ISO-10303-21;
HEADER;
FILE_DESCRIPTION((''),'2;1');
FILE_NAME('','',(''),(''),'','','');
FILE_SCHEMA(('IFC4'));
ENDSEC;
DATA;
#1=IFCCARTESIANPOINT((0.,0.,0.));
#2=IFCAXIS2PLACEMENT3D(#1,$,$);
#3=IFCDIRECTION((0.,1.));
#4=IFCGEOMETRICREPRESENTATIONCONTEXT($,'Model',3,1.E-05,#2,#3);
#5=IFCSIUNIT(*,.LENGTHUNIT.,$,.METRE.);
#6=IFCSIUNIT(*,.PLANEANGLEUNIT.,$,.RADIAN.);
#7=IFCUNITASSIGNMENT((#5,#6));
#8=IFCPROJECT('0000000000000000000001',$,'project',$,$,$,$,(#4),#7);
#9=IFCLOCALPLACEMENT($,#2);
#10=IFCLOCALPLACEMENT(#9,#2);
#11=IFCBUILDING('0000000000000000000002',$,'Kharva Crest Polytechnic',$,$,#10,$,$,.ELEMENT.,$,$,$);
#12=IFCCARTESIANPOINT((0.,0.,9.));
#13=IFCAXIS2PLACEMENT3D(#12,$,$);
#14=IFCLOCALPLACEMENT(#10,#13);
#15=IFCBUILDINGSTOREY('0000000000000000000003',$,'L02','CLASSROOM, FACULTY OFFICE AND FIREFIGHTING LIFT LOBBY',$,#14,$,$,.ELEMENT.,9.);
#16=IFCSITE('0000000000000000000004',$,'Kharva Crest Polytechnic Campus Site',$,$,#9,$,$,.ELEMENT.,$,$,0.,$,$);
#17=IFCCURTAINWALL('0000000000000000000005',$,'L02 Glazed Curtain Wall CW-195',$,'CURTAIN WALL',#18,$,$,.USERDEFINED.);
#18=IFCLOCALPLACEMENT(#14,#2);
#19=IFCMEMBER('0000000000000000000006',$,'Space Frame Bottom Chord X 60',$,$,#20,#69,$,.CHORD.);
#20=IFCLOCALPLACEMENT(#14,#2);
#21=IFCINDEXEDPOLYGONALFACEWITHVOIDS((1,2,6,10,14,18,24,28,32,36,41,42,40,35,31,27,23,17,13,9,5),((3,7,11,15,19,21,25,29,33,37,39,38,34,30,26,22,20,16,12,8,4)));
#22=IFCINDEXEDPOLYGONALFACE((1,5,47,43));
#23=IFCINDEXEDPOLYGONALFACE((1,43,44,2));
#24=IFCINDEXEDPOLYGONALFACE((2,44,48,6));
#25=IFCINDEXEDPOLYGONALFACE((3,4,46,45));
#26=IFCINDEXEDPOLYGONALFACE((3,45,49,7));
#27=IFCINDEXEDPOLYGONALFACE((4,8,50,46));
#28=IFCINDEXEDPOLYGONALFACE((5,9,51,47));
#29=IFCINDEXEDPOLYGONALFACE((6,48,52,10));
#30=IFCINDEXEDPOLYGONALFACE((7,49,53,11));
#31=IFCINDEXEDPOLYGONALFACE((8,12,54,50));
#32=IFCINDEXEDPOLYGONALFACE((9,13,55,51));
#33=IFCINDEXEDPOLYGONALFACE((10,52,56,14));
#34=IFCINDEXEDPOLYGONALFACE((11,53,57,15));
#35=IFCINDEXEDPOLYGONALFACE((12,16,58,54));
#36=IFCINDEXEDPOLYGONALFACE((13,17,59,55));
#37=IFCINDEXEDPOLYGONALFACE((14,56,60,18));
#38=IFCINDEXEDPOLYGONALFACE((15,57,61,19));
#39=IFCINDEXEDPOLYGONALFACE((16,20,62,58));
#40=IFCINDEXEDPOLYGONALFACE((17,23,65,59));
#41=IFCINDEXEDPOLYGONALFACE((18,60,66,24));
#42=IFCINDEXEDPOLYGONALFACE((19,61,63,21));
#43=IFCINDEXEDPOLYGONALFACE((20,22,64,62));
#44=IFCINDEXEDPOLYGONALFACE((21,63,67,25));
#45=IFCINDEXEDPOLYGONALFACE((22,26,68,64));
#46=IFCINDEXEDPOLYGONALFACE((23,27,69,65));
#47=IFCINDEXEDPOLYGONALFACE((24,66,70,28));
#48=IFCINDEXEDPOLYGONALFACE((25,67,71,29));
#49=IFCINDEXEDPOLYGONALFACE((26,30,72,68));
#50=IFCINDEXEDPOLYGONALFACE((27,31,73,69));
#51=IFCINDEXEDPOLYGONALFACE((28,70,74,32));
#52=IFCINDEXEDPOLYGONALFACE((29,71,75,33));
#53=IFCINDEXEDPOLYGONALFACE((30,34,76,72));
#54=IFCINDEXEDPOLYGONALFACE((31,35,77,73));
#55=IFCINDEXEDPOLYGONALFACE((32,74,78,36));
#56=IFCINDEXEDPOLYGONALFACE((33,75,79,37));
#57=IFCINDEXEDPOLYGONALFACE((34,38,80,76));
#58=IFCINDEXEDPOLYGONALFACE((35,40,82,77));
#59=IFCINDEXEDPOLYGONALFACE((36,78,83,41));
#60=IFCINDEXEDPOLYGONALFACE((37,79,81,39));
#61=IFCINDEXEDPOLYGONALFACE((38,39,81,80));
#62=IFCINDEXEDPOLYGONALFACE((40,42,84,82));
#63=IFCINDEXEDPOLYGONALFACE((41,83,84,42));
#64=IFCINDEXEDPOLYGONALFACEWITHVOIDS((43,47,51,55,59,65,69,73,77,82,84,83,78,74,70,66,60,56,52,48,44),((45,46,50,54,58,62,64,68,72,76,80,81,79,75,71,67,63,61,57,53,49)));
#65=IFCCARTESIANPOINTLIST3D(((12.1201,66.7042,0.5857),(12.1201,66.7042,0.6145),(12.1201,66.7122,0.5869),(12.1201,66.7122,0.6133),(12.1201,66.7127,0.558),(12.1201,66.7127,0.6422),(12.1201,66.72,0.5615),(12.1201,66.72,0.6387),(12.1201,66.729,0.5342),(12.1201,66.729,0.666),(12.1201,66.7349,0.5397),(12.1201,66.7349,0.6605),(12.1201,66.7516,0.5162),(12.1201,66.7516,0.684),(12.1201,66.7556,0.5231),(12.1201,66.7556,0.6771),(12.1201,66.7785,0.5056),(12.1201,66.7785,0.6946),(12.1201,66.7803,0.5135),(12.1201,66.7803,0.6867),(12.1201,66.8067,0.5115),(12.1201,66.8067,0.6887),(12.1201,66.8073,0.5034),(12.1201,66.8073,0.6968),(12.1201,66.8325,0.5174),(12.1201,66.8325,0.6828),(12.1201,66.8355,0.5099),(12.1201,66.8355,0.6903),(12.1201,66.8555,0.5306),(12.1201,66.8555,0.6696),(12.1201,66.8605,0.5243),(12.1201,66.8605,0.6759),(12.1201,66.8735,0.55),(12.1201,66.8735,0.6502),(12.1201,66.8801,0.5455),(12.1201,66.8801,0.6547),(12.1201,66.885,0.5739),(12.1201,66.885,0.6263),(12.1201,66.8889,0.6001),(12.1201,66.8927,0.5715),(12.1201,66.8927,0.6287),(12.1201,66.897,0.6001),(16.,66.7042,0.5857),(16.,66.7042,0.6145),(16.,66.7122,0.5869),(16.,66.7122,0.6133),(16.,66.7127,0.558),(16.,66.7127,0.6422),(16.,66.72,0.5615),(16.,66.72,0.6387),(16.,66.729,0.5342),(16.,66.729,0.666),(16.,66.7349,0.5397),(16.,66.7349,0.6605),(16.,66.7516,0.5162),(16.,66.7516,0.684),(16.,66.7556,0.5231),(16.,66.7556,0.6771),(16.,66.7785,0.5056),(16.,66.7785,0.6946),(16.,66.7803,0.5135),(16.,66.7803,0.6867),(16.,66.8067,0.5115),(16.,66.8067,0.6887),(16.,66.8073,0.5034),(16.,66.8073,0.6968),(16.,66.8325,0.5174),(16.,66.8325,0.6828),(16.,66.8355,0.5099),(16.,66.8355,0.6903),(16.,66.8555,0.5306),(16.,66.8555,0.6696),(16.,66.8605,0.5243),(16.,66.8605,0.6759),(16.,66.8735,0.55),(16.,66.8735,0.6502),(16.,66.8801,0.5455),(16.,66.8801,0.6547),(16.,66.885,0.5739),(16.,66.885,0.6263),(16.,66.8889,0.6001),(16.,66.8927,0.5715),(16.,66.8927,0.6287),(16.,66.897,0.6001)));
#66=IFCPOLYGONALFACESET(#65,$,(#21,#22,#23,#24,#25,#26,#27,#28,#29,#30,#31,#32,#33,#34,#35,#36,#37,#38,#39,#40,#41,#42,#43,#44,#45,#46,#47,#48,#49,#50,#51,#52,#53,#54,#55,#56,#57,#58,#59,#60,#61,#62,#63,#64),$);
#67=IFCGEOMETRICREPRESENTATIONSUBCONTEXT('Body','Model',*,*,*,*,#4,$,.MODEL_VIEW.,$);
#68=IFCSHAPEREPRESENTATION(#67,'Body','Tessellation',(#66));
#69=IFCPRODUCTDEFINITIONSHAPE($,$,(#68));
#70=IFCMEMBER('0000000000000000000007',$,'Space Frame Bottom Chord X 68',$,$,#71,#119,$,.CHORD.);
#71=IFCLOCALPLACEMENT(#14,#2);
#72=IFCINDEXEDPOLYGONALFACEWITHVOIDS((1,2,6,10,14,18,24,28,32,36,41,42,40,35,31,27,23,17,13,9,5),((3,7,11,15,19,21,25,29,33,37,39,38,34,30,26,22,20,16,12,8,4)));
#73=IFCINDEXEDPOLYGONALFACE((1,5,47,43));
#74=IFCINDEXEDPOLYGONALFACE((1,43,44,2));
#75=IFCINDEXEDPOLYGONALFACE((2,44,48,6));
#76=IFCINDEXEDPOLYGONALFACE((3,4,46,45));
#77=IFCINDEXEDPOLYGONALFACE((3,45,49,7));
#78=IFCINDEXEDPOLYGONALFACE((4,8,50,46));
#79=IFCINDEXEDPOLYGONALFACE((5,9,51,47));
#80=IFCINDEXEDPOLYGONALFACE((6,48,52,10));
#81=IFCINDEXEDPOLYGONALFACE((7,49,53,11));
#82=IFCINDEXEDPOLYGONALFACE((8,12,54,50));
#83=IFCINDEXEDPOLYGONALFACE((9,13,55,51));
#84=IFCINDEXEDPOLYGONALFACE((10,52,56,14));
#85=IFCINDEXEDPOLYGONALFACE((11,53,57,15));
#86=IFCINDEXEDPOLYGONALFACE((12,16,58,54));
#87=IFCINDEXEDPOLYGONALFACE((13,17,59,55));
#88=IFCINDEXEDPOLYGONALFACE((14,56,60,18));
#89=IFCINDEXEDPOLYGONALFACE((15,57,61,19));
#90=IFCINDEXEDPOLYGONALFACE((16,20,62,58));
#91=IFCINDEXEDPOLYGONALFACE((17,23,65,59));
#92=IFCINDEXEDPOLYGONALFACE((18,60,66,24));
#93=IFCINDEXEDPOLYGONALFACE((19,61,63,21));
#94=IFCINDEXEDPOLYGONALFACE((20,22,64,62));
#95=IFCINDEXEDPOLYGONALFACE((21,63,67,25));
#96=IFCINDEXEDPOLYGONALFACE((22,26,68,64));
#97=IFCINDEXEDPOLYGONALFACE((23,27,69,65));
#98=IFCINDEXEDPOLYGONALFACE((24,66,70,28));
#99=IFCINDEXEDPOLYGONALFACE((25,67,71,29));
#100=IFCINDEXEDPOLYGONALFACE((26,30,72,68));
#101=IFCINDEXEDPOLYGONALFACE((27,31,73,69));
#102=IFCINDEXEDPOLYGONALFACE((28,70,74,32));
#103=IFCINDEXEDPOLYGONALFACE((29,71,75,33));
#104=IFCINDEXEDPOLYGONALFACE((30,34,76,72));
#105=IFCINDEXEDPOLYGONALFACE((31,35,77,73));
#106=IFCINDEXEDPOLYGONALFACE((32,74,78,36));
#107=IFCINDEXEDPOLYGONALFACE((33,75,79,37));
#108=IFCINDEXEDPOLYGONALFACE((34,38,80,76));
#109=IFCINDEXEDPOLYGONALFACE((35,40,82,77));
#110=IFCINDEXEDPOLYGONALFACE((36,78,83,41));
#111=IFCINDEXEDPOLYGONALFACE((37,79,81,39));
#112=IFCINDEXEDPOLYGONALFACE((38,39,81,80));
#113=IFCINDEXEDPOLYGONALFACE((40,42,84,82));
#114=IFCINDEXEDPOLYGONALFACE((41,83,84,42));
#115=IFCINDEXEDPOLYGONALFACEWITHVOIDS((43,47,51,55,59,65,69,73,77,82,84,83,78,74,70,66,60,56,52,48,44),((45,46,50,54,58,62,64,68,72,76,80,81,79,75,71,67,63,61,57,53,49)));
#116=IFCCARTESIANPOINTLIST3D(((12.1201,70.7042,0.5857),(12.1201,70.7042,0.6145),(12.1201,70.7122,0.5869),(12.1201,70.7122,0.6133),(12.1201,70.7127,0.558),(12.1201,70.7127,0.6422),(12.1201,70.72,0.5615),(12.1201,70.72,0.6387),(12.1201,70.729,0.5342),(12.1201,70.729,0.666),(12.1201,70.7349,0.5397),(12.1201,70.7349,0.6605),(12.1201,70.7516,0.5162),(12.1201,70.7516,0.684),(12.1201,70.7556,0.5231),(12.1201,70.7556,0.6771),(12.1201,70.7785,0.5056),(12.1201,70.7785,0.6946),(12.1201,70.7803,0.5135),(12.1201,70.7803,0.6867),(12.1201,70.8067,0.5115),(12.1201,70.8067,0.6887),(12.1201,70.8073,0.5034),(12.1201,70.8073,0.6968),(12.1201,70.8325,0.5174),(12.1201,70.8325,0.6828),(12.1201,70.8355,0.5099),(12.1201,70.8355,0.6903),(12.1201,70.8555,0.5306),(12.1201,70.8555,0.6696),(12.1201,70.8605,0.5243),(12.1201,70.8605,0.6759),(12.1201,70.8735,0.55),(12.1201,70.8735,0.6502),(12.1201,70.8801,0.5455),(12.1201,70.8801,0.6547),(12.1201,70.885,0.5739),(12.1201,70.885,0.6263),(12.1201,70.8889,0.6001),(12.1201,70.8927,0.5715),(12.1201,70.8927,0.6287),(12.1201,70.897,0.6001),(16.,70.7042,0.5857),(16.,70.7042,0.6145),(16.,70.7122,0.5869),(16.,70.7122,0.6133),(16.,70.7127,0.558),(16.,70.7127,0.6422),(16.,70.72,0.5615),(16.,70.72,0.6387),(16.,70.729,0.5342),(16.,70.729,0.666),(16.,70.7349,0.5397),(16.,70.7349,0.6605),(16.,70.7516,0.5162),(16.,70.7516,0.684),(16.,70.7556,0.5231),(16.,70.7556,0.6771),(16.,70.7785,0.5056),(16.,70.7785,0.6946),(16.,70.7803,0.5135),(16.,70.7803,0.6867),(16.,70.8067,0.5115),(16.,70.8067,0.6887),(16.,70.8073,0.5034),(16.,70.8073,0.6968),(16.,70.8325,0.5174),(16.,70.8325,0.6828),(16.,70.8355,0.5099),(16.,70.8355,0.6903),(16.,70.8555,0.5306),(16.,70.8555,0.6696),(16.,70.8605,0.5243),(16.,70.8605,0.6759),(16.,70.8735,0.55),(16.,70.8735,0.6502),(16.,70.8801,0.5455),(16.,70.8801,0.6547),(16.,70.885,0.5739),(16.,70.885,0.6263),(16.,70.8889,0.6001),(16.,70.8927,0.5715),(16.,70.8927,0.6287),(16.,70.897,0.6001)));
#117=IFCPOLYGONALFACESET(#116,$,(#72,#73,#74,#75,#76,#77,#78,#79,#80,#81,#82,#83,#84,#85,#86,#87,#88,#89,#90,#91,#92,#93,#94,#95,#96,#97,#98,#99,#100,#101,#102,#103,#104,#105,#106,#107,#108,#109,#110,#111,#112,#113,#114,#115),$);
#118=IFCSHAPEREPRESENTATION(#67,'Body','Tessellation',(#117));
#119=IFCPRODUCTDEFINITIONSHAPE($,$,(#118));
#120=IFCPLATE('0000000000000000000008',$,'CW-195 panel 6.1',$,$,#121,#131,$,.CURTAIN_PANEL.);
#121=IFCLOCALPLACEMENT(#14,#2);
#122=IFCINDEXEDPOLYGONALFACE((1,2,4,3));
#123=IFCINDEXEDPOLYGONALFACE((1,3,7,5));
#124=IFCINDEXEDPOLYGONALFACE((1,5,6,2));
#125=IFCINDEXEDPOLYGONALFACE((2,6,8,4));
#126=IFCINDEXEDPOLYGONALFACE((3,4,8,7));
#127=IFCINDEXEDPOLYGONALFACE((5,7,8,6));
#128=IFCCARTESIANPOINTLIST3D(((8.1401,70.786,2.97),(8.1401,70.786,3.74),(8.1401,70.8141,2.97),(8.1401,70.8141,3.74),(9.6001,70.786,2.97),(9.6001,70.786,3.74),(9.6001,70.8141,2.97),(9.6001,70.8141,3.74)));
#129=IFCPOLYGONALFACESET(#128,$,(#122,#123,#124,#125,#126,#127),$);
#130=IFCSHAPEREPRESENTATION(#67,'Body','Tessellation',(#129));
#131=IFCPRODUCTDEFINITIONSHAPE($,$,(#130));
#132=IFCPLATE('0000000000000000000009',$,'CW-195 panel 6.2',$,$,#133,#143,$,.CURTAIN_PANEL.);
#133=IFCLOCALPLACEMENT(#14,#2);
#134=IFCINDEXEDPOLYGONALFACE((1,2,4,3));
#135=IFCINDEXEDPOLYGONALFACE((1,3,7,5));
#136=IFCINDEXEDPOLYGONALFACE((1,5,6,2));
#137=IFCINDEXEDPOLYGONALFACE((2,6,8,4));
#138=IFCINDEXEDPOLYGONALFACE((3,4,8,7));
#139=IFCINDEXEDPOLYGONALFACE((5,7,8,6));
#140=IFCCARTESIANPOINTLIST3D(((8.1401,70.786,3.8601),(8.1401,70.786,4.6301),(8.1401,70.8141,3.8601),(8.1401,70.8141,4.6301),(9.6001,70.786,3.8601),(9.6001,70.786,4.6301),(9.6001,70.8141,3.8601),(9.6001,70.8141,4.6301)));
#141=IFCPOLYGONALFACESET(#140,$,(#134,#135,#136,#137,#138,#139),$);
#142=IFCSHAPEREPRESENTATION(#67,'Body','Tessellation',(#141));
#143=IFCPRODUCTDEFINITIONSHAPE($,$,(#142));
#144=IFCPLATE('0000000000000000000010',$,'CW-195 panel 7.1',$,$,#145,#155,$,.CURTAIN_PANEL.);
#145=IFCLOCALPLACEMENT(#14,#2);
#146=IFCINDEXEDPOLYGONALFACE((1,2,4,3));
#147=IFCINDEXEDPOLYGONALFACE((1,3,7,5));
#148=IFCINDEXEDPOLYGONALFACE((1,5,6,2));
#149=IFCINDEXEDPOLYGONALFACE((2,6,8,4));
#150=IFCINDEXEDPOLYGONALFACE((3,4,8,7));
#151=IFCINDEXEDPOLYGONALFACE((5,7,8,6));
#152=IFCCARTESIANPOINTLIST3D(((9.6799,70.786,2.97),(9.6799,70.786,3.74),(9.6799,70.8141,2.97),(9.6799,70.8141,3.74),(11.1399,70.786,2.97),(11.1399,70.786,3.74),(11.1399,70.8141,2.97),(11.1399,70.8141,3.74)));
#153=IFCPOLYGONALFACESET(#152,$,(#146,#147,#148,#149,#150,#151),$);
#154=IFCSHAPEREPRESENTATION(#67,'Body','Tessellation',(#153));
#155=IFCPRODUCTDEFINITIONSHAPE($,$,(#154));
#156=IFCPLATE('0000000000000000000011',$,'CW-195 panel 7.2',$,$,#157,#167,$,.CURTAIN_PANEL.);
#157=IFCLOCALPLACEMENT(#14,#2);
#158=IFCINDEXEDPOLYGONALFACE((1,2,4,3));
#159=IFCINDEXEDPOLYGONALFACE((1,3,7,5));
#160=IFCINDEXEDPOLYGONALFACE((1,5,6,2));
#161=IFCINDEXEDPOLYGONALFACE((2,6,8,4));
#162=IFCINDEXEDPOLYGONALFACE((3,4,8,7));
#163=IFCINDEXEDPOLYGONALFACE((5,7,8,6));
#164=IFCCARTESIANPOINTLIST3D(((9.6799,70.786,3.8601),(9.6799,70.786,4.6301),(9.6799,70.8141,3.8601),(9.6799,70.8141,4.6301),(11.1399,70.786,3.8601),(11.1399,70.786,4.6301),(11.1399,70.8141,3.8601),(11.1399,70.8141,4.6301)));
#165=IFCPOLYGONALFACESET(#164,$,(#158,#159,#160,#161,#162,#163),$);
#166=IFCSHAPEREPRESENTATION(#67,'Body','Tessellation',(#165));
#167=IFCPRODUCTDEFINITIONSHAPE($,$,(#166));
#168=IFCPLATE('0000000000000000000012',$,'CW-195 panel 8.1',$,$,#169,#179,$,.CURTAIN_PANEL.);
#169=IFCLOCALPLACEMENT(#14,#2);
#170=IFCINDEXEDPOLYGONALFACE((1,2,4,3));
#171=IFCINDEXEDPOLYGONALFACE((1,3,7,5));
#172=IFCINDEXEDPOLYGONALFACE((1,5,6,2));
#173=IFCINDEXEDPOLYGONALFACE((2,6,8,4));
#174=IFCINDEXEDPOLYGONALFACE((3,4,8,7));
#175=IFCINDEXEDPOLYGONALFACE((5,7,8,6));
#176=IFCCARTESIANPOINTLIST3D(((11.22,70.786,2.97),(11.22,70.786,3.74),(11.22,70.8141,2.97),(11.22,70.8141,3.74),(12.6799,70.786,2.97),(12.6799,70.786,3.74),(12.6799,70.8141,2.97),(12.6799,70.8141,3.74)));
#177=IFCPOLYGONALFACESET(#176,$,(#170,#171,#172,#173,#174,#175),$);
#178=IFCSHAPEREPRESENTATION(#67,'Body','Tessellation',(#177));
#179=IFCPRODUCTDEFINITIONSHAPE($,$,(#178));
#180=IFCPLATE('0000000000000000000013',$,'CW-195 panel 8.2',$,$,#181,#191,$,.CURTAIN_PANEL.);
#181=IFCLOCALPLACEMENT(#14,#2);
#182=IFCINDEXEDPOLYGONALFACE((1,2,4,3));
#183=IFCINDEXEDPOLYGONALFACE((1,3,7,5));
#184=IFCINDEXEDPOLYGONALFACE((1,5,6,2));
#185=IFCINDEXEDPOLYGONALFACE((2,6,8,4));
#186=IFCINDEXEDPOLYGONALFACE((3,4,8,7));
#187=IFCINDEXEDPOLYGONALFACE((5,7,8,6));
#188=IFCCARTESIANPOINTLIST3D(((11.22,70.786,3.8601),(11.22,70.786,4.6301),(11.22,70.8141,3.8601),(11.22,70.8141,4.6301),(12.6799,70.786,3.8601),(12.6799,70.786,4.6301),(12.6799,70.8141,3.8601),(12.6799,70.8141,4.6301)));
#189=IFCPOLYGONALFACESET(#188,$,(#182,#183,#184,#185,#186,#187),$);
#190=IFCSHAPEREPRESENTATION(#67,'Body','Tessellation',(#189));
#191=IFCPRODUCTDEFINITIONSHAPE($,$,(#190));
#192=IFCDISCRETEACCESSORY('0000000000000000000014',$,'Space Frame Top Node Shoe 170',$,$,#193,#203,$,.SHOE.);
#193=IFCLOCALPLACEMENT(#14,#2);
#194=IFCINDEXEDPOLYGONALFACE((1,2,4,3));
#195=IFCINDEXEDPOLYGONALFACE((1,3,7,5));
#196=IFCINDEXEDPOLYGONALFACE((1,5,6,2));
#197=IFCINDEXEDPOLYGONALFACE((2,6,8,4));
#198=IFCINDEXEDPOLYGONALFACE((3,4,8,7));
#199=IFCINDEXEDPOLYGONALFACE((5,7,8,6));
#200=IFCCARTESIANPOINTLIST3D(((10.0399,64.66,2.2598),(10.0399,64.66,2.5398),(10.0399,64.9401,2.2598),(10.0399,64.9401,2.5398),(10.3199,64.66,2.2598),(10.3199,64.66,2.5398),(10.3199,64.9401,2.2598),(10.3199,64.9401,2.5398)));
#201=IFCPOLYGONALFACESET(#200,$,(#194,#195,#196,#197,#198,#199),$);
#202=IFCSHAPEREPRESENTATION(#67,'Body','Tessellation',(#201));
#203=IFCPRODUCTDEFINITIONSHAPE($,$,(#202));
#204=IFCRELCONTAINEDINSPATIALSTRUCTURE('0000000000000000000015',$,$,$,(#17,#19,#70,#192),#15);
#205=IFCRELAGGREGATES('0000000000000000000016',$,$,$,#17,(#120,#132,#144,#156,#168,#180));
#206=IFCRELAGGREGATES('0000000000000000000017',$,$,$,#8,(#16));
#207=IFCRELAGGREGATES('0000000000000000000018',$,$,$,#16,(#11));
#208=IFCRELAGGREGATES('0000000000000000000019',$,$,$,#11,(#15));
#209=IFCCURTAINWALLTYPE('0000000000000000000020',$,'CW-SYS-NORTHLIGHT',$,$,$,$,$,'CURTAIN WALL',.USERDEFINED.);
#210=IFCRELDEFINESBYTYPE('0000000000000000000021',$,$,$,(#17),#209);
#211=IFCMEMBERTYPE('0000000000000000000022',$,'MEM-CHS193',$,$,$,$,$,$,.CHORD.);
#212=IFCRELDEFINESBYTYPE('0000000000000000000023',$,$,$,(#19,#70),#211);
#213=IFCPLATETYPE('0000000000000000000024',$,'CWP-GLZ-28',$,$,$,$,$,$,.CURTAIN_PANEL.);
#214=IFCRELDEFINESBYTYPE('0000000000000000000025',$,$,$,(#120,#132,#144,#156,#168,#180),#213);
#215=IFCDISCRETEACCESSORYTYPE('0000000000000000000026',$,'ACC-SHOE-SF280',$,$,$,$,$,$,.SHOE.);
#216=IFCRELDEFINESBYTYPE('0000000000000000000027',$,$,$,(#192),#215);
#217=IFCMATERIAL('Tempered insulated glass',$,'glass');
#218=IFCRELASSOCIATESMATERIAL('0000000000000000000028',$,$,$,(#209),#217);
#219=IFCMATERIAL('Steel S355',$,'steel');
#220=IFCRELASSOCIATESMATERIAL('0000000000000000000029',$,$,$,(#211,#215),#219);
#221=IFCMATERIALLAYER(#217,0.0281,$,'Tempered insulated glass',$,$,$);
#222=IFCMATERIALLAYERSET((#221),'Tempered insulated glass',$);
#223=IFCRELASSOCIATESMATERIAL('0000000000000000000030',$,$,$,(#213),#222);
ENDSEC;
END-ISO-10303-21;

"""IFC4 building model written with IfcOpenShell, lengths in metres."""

from ifc_helpers import new_model, si_unit, direction, frame, origin, origin_2d, place, context, subcontext, project, spatial, rectangle, hollow_circle, extrude, material, layer, layer_set, material_profile, profile_set, type_object, element, aggregate, save


model = new_model("IFC4")

# Units and contexts
model_context = context("Model", 3, precision=1e-05, world=origin(), true_north=direction((0.0, 1.0)))
body_context = subcontext(model_context, "Body", "Model", "MODEL_VIEW")
ifc_project = project(units=[si_unit("LENGTHUNIT", "METRE"), si_unit("PLANEANGLEUNIT", "RADIAN")], contexts=[model_context])

# Site, building, storey
site_placement = place(None, origin())
site = spatial("IfcSite", under=ifc_project, at=site_placement, Name="Kharva Crest Polytechnic Campus Site", CompositionType="ELEMENT", RefElevation=0.0)
building_placement = place(site_placement, origin())
building = spatial("IfcBuilding", under=site, at=building_placement, Name="Kharva Crest Polytechnic", CompositionType="ELEMENT")
storey_placement = place(building_placement, frame((0.0, 0.0, 9.0)))
storey = spatial("IfcBuildingStorey", under=building, at=storey_placement, Name="L02", Description="CLASSROOM, FACULTY OFFICE AND FIREFIGHTING LIFT LOBBY", CompositionType="ELEMENT", Elevation=9.0)

# Curtain wall
ifc_material_1 = material(Name="Tempered insulated glass", Category="glass")
curtain_wall_type = type_object("IfcCurtainWallType", Name="CW-SYS-NORTHLIGHT", ElementType="CURTAIN WALL", PredefinedType="USERDEFINED", material=ifc_material_1)
curtain_wall_placement = place(storey_placement, origin())
curtain_wall = element("IfcCurtainWall", 1, at=curtain_wall_placement, inside=storey, type_object=curtain_wall_type, Name="L02 Glazed Curtain Wall CW-195", ObjectType="CURTAIN WALL", PredefinedType="USERDEFINED")
ifc_material_2 = material(Name="Steel S355", Category="steel")

# Members
ifc_material_profile_1 = material_profile(ifc_material_2, hollow_circle(Radius=0.0969, WallThickness=0.0081, at=origin_2d()), Name="CHS 193.7X8.0")
ifc_profile_set_1 = profile_set([ifc_material_profile_1], Name="Steel S355")
member_type_1 = type_object("IfcMemberType", Name="MEM-CHS193", PredefinedType="CHORD", material=ifc_profile_set_1)
for number, where, z_axis, x_axis, name in (
    (2, (12.1201, 66.8, 0.6001), (1.0, 0.0, 0.0), (0.0, 1.0, 0.0), "Space Frame Bottom Chord X 60"),
    (3, (12.1201, 70.8, 0.6001), (1.0, 0.0, 0.0), (0.0, 1.0, 0.0), "Space Frame Bottom Chord X 68"),
):
    element("IfcMember", number, at=place(storey_placement, frame(where, z_axis=z_axis, x_axis=x_axis)), inside=storey, type_object=member_type_1, Name=name, PredefinedType="CHORD", context=body_context, shape_type="SweptSolid", body=[
        extrude(hollow_circle(Radius=0.0969, WallThickness=0.0081, at=origin_2d()), origin(), (0.0, 0.0, 1.0), 3.8799),
    ])

# Plates
ifc_layer = layer(ifc_material_1, 0.0281, Name="Tempered insulated glass")
ifc_layer_set = layer_set([ifc_layer], Name="Tempered insulated glass")
plate_type = type_object("IfcPlateType", Name="CWP-GLZ-28", PredefinedType="CURTAIN_PANEL", material=ifc_layer_set)
plate_1_placement = place(storey_placement, frame((8.8701, 70.8, 2.97), z_axis=(0.0, 0.0, 1.0), x_axis=(1.0, 0.0, 0.0)))
plate_1 = element("IfcPlate", 4, at=plate_1_placement, type_object=plate_type, Name="CW-195 panel 6.1", PredefinedType="CURTAIN_PANEL", context=body_context, shape_type="SweptSolid", body=[
    extrude(rectangle(XDim=1.46, YDim=0.0281, at=origin_2d()), origin(), (0.0, 0.0, 1.0), 0.77),
])
plate_2_placement = place(storey_placement, frame((8.8701, 70.8, 3.8601), z_axis=(0.0, 0.0, 1.0), x_axis=(1.0, 0.0, 0.0)))
plate_2 = element("IfcPlate", 5, at=plate_2_placement, type_object=plate_type, Name="CW-195 panel 6.2", PredefinedType="CURTAIN_PANEL", context=body_context, shape_type="SweptSolid", body=[
    extrude(rectangle(XDim=1.46, YDim=0.0281, at=origin_2d()), origin(), (0.0, 0.0, 1.0), 0.77),
])
plate_3_placement = place(storey_placement, frame((10.4099, 70.8, 2.97), z_axis=(0.0, 0.0, 1.0), x_axis=(1.0, 0.0, 0.0)))
plate_3 = element("IfcPlate", 6, at=plate_3_placement, type_object=plate_type, Name="CW-195 panel 7.1", PredefinedType="CURTAIN_PANEL", context=body_context, shape_type="SweptSolid", body=[
    extrude(rectangle(XDim=1.46, YDim=0.0281, at=origin_2d()), origin(), (0.0, 0.0, 1.0), 0.77),
])
plate_4_placement = place(storey_placement, frame((10.4099, 70.8, 3.8601), z_axis=(0.0, 0.0, 1.0), x_axis=(1.0, 0.0, 0.0)))
plate_4 = element("IfcPlate", 7, at=plate_4_placement, type_object=plate_type, Name="CW-195 panel 7.2", PredefinedType="CURTAIN_PANEL", context=body_context, shape_type="SweptSolid", body=[
    extrude(rectangle(XDim=1.46, YDim=0.0281, at=origin_2d()), origin(), (0.0, 0.0, 1.0), 0.77),
])
plate_5_placement = place(storey_placement, frame((11.95, 70.8, 2.97), z_axis=(0.0, 0.0, 1.0), x_axis=(1.0, 0.0, 0.0)))
plate_5 = element("IfcPlate", 8, at=plate_5_placement, type_object=plate_type, Name="CW-195 panel 8.1", PredefinedType="CURTAIN_PANEL", context=body_context, shape_type="SweptSolid", body=[
    extrude(rectangle(XDim=1.46, YDim=0.0281, at=origin_2d()), origin(), (0.0, 0.0, 1.0), 0.77),
])
plate_6_placement = place(storey_placement, frame((11.95, 70.8, 3.8601), z_axis=(0.0, 0.0, 1.0), x_axis=(1.0, 0.0, 0.0)))
plate_6 = element("IfcPlate", 9, at=plate_6_placement, type_object=plate_type, Name="CW-195 panel 8.2", PredefinedType="CURTAIN_PANEL", context=body_context, shape_type="SweptSolid", body=[
    extrude(rectangle(XDim=1.46, YDim=0.0281, at=origin_2d()), origin(), (0.0, 0.0, 1.0), 0.77),
])
aggregate(curtain_wall, [plate_1, plate_2, plate_3, plate_4, plate_5, plate_6])

# Discrete accessory
discrete_accessory_type_1 = type_object("IfcDiscreteAccessoryType", Name="ACC-SHOE-SF280", PredefinedType="SHOE", material=ifc_material_2)
for number, where, z_axis, x_axis, name in (
    (10, (10.1799, 64.8, 2.2598), (0.0, 0.0, 1.0), (1.0, 0.0, 0.0), "Space Frame Top Node Shoe 170"),
):
    element("IfcDiscreteAccessory", number, at=place(storey_placement, frame(where, z_axis=z_axis, x_axis=x_axis)), inside=storey, type_object=discrete_accessory_type_1, Name=name, PredefinedType="SHOE", context=body_context, shape_type="SweptSolid", body=[
        extrude(rectangle(XDim=0.28, YDim=0.28, at=origin_2d()), origin(), (0.0, 0.0, 1.0), 0.28),
    ])

save(model, "model.ifc")
